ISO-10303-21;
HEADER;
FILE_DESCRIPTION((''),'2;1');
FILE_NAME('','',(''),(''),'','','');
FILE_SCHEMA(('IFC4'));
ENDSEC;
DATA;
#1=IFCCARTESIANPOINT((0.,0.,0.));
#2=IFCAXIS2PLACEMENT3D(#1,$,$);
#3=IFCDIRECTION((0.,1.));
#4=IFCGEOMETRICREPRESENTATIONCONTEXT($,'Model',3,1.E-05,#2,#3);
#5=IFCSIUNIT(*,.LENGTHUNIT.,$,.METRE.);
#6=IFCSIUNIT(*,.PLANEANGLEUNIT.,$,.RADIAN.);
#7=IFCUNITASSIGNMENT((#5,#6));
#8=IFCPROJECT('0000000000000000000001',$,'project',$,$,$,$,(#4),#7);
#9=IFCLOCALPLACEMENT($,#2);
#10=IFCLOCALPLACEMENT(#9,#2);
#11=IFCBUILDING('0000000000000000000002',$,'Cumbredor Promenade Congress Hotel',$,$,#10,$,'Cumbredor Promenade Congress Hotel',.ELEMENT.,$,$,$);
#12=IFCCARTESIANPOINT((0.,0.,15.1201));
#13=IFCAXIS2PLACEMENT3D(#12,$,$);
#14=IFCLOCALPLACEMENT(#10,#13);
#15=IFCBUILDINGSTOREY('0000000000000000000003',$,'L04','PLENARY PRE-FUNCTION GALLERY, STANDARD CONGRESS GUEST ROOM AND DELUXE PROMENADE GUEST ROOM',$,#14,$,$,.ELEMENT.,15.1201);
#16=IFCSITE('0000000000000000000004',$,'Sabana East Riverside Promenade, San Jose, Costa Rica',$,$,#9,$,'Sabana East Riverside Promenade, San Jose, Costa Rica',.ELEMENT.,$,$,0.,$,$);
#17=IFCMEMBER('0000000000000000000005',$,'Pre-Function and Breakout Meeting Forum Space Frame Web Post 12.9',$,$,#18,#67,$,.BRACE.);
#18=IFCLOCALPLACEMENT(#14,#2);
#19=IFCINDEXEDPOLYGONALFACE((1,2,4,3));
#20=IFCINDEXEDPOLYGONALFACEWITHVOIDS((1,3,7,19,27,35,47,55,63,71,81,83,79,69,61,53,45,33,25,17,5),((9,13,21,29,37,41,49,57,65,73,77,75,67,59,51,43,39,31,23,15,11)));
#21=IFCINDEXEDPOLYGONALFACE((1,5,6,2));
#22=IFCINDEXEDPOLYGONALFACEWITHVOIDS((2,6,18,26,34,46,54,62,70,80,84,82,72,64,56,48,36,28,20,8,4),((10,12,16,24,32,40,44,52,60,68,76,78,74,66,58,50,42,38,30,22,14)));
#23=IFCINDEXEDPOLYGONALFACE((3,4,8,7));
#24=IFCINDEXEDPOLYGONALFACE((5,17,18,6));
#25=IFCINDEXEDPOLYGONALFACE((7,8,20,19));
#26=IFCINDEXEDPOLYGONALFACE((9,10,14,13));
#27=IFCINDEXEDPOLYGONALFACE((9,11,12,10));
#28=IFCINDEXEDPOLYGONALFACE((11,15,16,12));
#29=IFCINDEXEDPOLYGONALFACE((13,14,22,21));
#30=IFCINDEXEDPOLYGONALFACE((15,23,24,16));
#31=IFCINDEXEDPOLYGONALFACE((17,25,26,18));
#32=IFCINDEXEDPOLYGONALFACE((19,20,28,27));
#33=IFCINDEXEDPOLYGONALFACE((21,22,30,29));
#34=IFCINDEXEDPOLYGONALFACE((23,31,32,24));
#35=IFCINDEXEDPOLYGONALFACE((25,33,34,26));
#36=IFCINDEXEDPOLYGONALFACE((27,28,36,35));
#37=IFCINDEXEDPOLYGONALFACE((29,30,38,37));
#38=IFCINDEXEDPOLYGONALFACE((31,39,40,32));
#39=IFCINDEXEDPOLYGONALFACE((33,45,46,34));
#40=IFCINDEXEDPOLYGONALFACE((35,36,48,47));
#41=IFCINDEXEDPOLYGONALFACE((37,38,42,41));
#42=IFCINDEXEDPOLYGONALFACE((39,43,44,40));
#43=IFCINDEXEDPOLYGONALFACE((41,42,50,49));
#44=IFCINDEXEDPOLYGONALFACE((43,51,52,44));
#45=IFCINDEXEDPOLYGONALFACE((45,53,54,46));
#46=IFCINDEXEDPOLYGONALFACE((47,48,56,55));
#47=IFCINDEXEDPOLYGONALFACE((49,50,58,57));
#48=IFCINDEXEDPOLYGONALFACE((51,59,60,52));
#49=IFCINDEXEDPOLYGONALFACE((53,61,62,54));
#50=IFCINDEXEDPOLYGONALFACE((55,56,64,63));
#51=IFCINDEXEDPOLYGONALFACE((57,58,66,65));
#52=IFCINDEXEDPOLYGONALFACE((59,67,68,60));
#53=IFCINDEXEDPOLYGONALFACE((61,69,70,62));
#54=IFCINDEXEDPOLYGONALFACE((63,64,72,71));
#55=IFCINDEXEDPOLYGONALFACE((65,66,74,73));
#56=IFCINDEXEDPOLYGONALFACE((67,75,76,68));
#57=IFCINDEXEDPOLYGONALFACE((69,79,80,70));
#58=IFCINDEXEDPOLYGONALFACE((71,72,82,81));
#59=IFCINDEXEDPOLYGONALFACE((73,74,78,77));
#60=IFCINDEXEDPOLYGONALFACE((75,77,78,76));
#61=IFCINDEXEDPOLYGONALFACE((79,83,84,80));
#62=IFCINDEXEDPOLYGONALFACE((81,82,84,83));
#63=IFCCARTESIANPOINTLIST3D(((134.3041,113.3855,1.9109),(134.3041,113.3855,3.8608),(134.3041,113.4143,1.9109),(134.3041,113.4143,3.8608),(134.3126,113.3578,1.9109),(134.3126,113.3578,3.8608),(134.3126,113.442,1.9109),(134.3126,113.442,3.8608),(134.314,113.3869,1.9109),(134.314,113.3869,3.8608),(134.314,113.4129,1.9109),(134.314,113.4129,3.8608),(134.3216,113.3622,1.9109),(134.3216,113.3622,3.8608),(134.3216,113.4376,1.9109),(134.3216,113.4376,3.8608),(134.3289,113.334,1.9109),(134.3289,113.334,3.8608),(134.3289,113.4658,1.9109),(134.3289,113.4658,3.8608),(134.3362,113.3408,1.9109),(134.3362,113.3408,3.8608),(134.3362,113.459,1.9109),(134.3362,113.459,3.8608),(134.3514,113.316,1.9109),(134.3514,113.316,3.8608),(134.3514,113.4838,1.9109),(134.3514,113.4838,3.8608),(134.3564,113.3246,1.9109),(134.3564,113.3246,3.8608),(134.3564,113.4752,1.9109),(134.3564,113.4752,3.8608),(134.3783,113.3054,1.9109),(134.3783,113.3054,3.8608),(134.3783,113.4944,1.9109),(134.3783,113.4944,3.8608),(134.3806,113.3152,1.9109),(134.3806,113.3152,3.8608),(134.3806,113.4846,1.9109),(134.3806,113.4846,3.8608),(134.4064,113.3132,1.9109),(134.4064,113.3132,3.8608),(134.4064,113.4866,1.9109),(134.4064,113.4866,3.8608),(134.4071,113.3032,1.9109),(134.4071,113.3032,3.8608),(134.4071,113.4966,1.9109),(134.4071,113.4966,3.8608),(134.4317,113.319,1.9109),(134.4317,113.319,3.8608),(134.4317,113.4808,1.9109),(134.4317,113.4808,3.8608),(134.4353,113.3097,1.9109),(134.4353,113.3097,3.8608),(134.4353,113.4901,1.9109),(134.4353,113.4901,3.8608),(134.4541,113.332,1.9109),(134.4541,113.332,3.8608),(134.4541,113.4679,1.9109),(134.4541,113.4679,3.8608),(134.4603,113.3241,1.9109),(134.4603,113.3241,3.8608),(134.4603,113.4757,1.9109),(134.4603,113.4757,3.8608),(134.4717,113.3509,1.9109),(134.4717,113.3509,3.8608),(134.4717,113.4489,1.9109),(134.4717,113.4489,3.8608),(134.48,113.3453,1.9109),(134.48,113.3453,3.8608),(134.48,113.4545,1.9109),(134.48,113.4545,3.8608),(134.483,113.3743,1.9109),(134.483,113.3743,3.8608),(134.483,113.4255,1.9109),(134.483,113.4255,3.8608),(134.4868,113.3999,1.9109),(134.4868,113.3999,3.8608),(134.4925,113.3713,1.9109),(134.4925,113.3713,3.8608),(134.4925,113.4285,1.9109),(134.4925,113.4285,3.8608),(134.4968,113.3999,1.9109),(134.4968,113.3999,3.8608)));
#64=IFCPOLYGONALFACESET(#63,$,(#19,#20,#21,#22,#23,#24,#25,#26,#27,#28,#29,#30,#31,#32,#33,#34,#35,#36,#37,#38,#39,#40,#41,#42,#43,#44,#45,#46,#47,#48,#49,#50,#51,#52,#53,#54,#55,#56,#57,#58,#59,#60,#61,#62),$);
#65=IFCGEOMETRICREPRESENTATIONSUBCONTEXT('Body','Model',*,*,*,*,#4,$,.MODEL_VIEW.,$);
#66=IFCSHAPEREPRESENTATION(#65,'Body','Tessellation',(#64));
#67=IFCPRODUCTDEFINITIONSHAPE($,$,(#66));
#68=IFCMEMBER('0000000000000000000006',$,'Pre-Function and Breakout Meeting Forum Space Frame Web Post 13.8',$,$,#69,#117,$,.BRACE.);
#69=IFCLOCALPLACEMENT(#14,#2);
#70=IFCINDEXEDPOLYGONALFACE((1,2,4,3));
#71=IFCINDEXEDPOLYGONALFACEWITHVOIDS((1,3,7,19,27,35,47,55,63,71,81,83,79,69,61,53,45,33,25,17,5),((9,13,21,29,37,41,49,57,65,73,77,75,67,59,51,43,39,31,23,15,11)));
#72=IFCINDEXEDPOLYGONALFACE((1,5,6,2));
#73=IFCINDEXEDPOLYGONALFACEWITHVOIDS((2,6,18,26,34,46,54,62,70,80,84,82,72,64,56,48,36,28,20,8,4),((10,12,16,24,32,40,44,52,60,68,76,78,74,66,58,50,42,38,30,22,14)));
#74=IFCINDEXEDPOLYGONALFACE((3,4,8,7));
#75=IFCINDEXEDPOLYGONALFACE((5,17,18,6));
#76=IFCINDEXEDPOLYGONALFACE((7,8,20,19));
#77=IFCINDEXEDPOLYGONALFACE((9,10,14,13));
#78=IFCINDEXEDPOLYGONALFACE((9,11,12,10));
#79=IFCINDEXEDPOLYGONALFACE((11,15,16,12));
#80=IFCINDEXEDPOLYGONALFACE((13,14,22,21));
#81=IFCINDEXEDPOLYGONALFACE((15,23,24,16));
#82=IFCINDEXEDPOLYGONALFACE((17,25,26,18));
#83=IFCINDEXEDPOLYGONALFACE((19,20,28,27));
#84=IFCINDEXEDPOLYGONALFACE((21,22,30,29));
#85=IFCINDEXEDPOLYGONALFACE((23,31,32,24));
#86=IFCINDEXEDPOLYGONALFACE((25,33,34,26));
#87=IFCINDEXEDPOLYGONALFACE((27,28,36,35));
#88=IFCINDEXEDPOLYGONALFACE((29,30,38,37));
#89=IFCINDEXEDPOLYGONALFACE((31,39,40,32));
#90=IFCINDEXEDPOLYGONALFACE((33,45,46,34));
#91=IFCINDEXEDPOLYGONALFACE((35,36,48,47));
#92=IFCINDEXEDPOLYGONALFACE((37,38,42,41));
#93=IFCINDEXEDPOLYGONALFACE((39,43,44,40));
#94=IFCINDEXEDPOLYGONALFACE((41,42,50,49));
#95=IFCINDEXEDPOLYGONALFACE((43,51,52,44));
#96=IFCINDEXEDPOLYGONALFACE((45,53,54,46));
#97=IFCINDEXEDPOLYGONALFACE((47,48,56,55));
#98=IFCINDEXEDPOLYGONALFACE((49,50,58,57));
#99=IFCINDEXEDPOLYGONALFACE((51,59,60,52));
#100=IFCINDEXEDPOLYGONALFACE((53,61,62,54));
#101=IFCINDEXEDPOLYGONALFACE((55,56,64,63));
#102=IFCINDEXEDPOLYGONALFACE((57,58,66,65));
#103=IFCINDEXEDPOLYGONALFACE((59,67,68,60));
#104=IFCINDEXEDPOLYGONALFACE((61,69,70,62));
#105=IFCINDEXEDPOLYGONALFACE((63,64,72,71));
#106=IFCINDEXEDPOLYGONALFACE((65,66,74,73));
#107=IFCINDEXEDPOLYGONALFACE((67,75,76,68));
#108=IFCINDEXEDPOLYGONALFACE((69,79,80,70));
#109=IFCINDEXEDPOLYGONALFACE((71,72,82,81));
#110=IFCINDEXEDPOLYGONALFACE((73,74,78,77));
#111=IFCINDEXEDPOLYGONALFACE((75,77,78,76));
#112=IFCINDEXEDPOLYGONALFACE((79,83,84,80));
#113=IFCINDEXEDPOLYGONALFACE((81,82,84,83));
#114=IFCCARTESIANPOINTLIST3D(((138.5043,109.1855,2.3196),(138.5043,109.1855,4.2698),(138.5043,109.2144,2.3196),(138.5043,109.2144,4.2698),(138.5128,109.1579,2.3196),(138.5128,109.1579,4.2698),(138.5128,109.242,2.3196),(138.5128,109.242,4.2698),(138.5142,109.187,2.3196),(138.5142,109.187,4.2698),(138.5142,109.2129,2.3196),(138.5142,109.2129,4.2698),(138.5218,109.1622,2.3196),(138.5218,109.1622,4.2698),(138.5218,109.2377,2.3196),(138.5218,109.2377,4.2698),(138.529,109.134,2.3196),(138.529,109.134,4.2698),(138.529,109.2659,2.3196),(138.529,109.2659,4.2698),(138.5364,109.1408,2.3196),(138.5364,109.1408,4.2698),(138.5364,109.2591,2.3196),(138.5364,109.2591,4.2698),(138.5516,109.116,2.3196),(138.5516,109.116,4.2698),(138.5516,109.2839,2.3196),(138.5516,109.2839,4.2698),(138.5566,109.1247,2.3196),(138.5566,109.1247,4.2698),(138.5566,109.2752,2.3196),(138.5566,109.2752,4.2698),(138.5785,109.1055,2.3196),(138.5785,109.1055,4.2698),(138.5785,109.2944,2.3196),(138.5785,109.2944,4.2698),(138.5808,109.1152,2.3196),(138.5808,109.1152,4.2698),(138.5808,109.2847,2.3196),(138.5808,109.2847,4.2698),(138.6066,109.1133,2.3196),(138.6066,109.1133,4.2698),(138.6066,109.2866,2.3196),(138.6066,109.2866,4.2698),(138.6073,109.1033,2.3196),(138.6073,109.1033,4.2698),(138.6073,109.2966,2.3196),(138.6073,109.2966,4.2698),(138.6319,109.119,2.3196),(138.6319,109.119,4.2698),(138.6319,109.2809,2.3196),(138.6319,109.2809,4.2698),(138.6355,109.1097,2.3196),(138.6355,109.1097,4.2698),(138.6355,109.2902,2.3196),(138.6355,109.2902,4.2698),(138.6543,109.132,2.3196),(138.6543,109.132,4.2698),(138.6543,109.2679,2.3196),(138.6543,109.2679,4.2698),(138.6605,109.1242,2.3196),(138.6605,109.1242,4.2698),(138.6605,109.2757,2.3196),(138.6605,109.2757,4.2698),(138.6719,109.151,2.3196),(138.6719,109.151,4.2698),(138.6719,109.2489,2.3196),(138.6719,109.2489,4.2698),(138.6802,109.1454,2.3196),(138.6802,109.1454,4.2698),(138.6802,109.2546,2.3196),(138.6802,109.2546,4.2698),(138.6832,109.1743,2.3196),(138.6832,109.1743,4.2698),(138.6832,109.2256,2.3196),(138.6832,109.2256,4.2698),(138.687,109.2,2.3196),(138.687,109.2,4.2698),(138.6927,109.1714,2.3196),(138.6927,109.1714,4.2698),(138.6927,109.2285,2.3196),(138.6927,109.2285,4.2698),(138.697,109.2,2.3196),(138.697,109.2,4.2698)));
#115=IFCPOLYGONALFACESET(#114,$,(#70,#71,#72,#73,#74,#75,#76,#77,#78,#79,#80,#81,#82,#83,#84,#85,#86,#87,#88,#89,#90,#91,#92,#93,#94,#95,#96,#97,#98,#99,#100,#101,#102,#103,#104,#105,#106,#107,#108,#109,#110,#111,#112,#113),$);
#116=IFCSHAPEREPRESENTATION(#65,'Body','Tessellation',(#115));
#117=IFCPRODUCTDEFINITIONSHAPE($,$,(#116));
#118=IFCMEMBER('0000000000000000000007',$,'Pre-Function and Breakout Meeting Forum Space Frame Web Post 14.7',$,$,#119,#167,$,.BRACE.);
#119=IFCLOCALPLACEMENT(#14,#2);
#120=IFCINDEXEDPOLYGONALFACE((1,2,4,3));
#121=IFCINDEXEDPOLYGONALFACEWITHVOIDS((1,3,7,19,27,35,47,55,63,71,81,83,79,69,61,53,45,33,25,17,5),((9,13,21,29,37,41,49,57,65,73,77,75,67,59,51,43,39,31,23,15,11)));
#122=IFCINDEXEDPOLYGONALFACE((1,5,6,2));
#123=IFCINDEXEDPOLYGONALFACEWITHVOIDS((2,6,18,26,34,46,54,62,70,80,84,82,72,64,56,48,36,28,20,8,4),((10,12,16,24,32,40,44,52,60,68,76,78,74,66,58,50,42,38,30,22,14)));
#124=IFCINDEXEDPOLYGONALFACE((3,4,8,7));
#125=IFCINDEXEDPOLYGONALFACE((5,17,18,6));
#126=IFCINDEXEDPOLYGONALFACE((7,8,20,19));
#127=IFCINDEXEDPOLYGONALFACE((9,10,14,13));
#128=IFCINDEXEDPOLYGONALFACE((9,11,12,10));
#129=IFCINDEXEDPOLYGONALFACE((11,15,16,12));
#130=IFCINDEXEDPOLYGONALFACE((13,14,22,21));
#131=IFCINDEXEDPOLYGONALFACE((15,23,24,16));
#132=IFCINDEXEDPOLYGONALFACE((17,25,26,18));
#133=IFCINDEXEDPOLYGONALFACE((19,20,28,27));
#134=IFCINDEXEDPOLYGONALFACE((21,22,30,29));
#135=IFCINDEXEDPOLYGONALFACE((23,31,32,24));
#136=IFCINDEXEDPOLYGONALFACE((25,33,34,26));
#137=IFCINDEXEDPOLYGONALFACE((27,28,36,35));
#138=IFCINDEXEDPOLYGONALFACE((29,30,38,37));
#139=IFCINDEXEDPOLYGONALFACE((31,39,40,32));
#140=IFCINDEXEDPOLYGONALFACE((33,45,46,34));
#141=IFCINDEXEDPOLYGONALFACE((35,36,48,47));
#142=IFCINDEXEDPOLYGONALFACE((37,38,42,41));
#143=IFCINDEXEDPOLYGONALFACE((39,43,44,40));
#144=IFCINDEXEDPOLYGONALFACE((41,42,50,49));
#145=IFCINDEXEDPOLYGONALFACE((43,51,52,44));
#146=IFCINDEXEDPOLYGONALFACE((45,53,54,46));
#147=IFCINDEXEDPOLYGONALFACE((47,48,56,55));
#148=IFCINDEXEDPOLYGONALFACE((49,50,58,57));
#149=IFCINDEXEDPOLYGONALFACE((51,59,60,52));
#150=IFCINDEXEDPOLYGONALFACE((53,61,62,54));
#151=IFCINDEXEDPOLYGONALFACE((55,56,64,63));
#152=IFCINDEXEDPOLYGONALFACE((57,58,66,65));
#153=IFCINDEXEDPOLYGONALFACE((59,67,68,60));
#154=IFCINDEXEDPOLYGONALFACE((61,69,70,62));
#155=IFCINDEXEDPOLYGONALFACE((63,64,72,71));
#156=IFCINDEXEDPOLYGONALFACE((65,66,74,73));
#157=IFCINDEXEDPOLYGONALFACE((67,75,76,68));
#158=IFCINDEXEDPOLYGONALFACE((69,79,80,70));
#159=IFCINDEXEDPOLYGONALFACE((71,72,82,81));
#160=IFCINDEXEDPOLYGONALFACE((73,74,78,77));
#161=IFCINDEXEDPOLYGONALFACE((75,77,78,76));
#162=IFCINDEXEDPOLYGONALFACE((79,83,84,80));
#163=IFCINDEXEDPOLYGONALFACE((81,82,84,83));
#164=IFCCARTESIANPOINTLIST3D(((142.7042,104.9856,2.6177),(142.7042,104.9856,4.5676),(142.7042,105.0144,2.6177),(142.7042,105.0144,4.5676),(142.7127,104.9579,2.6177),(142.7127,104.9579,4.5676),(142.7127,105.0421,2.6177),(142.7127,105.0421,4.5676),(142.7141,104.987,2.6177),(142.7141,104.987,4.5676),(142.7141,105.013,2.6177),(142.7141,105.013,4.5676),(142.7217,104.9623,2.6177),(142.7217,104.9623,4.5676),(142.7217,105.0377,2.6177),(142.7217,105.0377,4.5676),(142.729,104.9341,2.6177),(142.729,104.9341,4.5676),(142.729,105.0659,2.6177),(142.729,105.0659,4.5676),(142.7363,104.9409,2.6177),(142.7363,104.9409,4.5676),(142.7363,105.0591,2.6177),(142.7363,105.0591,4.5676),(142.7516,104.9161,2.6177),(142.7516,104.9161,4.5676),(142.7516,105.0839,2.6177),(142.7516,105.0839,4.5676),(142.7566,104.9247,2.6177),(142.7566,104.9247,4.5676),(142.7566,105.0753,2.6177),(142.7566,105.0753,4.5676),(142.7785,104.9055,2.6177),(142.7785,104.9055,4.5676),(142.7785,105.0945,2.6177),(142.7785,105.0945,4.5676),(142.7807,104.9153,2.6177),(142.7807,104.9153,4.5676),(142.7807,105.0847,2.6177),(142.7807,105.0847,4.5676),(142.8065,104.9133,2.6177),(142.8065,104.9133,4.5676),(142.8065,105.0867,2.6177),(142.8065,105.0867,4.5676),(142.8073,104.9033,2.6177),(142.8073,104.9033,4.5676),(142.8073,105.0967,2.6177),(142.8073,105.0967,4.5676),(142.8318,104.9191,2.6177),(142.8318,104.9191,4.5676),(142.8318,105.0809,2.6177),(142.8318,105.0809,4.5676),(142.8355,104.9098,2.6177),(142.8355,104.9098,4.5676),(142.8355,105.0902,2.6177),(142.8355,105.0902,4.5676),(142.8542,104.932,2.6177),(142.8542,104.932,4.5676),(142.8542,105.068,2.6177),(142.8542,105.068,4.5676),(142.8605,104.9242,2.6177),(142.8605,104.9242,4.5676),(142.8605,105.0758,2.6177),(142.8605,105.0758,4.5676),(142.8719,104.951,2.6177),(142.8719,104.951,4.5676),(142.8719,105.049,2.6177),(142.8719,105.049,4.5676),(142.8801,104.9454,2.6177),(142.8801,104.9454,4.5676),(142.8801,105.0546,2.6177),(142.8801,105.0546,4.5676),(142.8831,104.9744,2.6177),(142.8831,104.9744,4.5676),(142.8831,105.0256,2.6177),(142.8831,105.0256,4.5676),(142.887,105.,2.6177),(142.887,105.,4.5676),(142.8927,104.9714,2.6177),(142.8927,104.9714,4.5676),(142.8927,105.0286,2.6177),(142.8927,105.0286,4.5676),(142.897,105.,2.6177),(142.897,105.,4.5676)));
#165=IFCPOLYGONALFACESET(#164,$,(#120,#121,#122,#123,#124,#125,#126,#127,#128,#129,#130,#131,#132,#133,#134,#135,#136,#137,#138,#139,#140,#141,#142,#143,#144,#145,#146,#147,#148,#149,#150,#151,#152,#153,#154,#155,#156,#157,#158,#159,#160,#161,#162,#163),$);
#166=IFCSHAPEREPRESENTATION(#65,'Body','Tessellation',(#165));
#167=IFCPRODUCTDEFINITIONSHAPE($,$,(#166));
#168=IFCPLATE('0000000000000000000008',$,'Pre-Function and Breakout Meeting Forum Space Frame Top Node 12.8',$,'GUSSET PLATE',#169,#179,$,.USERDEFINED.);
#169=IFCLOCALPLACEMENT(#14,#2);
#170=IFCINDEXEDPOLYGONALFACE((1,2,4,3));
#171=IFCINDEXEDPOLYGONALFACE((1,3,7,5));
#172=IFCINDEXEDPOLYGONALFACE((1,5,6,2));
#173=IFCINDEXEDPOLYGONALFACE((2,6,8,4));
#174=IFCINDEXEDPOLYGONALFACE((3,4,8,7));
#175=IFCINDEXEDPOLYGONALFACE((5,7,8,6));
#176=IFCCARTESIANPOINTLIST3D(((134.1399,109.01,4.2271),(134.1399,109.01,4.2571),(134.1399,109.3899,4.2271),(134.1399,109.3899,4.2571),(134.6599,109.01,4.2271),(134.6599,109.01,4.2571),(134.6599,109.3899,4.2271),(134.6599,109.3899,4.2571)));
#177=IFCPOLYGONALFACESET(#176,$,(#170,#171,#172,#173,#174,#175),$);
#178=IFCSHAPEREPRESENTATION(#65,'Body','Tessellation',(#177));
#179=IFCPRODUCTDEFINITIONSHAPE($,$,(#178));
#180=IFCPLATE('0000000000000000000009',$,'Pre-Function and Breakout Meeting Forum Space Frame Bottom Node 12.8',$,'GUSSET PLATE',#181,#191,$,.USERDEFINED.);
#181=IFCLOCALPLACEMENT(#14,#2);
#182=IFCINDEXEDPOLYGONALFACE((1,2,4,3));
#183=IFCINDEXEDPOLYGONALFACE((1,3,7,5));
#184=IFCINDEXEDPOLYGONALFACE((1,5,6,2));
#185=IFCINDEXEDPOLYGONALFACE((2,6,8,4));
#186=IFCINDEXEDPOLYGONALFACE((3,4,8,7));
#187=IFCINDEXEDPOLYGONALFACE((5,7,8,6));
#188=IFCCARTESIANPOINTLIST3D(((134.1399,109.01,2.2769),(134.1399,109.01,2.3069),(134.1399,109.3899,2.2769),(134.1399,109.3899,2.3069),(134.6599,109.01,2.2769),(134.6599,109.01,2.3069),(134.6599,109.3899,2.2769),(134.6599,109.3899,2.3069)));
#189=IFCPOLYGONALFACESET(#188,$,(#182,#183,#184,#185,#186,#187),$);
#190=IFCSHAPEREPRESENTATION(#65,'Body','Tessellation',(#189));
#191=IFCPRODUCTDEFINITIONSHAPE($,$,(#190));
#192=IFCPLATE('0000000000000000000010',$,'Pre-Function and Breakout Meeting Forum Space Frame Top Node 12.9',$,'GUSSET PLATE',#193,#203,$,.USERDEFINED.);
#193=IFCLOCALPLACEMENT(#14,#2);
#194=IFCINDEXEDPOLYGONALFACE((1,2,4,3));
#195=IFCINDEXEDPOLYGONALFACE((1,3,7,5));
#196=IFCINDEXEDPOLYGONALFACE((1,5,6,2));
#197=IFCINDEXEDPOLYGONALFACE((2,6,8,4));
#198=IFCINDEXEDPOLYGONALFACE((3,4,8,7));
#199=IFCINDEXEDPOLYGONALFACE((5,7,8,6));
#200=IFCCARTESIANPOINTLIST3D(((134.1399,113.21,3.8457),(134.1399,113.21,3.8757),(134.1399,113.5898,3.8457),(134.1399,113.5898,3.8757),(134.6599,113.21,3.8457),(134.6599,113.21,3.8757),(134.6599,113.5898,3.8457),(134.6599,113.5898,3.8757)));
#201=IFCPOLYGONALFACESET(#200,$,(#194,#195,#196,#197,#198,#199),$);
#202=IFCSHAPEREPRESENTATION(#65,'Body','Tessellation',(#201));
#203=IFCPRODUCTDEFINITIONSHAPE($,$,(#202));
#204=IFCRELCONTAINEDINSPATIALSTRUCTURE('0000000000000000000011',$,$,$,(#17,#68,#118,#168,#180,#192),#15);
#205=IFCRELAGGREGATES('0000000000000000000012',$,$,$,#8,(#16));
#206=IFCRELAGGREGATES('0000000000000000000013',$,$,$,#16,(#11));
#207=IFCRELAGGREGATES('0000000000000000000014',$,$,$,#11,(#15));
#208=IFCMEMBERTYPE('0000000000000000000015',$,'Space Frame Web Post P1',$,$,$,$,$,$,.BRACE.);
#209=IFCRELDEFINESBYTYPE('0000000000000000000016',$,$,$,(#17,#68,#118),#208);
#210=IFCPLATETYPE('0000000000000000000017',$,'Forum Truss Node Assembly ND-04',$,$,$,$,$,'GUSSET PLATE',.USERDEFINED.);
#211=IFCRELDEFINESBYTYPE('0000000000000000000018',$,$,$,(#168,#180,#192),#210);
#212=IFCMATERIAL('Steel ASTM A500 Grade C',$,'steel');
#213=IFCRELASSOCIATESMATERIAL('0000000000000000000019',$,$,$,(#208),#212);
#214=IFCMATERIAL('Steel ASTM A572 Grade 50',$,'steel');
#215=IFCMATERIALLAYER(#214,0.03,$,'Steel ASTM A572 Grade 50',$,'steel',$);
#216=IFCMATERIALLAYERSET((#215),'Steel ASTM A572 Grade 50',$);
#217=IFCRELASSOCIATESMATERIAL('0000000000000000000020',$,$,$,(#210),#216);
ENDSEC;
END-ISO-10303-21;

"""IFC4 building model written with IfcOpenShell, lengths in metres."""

from ifc_helpers import new_model, si_unit, direction, frame, origin, origin_2d, place, context, subcontext, project, spatial, rectangle, hollow_circle, extrude, material, layer, layer_set, material_profile, profile_set, type_object, element, save


model = new_model("IFC4")

# Units and contexts
model_context = context("Model", 3, precision=1e-05, world=origin(), true_north=direction((0.0, 1.0)))
body_context = subcontext(model_context, "Body", "Model", "MODEL_VIEW")
ifc_project = project(units=[si_unit("LENGTHUNIT", "METRE"), si_unit("PLANEANGLEUNIT", "RADIAN")], contexts=[model_context])

# Site, building, storey
site_placement = place(None, origin())
site = spatial("IfcSite", under=ifc_project, at=site_placement, Name="Sabana East Riverside Promenade, San Jose, Costa Rica", LongName="Sabana East Riverside Promenade, San Jose, Costa Rica", CompositionType="ELEMENT", RefElevation=0.0)
building_placement = place(site_placement, origin())
building = spatial("IfcBuilding", under=site, at=building_placement, Name="Cumbredor Promenade Congress Hotel", LongName="Cumbredor Promenade Congress Hotel", CompositionType="ELEMENT")
storey_placement = place(building_placement, frame((0.0, 0.0, 15.1201)))
storey = spatial("IfcBuildingStorey", under=building, at=storey_placement, Name="L04", Description="PLENARY PRE-FUNCTION GALLERY, STANDARD CONGRESS GUEST ROOM AND DELUXE PROMENADE GUEST ROOM", CompositionType="ELEMENT", Elevation=15.1201)

# Members
ifc_material_1 = material(Name="Steel ASTM A500 Grade C", Category="steel")
ifc_material_profile_1 = material_profile(ifc_material_1, hollow_circle(Radius=0.0969, WallThickness=0.01, at=origin_2d()), Name="CHS 193.7x10")
ifc_profile_set_1 = profile_set([ifc_material_profile_1], Name="Steel ASTM A500 Grade C")
member_type_1 = type_object("IfcMemberType", Name="Space Frame Web Post P1", PredefinedType="BRACE", material=ifc_profile_set_1)
for number, where, z_axis, x_axis, name in (
    (1, (134.3999, 113.3999, 1.9109), (0.0, 0.0, 1.0), (1.0, 0.0, 0.0), "Pre-Function and Breakout Meeting Forum Space Frame Web Post 12.9"),
):
    element("IfcMember", number, at=place(storey_placement, frame(where, z_axis=z_axis, x_axis=x_axis)), inside=storey, type_object=member_type_1, Name=name, PredefinedType="BRACE", context=body_context, shape_type="SweptSolid", body=[
        extrude(hollow_circle(Radius=0.0969, WallThickness=0.01, at=origin_2d()), origin(), (0.0, 0.0, 1.0), 1.95),
    ])
member_1_placement = place(storey_placement, frame((138.6001, 109.2, 2.3196), z_axis=(0.0, 0.0, 1.0), x_axis=(1.0, 0.0, 0.0)))
element("IfcMember", 2, at=member_1_placement, inside=storey, type_object=member_type_1, Name="Pre-Function and Breakout Meeting Forum Space Frame Web Post 13.8", PredefinedType="BRACE", context=body_context, shape_type="SweptSolid", body=[
    extrude(hollow_circle(Radius=0.0969, WallThickness=0.01, at=origin_2d()), origin(), (0.0, 0.0, 1.0), 1.9502),
])
member_2_placement = place(storey_placement, frame((142.8, 105.0, 2.6177), z_axis=(0.0, 0.0, 1.0), x_axis=(1.0, 0.0, 0.0)))
element("IfcMember", 3, at=member_2_placement, inside=storey, type_object=member_type_1, Name="Pre-Function and Breakout Meeting Forum Space Frame Web Post 14.7", PredefinedType="BRACE", context=body_context, shape_type="SweptSolid", body=[
    extrude(hollow_circle(Radius=0.0969, WallThickness=0.01, at=origin_2d()), origin(), (0.0, 0.0, 1.0), 1.95),
])

# Plates
ifc_material_2 = material(Name="Steel ASTM A572 Grade 50", Category="steel")
ifc_layer = layer(ifc_material_2, 0.03, Name="Steel ASTM A572 Grade 50", Category="steel")
ifc_layer_set = layer_set([ifc_layer], Name="Steel ASTM A572 Grade 50")
plate_type = type_object("IfcPlateType", Name="Forum Truss Node Assembly ND-04", ElementType="GUSSET PLATE", PredefinedType="USERDEFINED", material=ifc_layer_set)
for number, where, z_axis, x_axis, name in (
    (4, (134.3999, 109.2, 4.2271), (0.0, 0.0, 1.0), (1.0, 0.0, 0.0), "Pre-Function and Breakout Meeting Forum Space Frame Top Node 12.8"),
    (5, (134.3999, 109.2, 2.2769), (0.0, 0.0, 1.0), (1.0, 0.0, 0.0), "Pre-Function and Breakout Meeting Forum Space Frame Bottom Node 12.8"),
    (6, (134.3999, 113.3999, 3.8457), (0.0, 0.0, 1.0), (1.0, 0.0, 0.0), "Pre-Function and Breakout Meeting Forum Space Frame Top Node 12.9"),
):
    element("IfcPlate", number, at=place(storey_placement, frame(where, z_axis=z_axis, x_axis=x_axis)), inside=storey, type_object=plate_type, Name=name, ObjectType="GUSSET PLATE", PredefinedType="USERDEFINED", context=body_context, shape_type="SweptSolid", body=[
        extrude(rectangle(XDim=0.52, YDim=0.3799, at=origin_2d()), origin(), (0.0, 0.0, 1.0), 0.03),
    ])

save(model, "model.ifc")
